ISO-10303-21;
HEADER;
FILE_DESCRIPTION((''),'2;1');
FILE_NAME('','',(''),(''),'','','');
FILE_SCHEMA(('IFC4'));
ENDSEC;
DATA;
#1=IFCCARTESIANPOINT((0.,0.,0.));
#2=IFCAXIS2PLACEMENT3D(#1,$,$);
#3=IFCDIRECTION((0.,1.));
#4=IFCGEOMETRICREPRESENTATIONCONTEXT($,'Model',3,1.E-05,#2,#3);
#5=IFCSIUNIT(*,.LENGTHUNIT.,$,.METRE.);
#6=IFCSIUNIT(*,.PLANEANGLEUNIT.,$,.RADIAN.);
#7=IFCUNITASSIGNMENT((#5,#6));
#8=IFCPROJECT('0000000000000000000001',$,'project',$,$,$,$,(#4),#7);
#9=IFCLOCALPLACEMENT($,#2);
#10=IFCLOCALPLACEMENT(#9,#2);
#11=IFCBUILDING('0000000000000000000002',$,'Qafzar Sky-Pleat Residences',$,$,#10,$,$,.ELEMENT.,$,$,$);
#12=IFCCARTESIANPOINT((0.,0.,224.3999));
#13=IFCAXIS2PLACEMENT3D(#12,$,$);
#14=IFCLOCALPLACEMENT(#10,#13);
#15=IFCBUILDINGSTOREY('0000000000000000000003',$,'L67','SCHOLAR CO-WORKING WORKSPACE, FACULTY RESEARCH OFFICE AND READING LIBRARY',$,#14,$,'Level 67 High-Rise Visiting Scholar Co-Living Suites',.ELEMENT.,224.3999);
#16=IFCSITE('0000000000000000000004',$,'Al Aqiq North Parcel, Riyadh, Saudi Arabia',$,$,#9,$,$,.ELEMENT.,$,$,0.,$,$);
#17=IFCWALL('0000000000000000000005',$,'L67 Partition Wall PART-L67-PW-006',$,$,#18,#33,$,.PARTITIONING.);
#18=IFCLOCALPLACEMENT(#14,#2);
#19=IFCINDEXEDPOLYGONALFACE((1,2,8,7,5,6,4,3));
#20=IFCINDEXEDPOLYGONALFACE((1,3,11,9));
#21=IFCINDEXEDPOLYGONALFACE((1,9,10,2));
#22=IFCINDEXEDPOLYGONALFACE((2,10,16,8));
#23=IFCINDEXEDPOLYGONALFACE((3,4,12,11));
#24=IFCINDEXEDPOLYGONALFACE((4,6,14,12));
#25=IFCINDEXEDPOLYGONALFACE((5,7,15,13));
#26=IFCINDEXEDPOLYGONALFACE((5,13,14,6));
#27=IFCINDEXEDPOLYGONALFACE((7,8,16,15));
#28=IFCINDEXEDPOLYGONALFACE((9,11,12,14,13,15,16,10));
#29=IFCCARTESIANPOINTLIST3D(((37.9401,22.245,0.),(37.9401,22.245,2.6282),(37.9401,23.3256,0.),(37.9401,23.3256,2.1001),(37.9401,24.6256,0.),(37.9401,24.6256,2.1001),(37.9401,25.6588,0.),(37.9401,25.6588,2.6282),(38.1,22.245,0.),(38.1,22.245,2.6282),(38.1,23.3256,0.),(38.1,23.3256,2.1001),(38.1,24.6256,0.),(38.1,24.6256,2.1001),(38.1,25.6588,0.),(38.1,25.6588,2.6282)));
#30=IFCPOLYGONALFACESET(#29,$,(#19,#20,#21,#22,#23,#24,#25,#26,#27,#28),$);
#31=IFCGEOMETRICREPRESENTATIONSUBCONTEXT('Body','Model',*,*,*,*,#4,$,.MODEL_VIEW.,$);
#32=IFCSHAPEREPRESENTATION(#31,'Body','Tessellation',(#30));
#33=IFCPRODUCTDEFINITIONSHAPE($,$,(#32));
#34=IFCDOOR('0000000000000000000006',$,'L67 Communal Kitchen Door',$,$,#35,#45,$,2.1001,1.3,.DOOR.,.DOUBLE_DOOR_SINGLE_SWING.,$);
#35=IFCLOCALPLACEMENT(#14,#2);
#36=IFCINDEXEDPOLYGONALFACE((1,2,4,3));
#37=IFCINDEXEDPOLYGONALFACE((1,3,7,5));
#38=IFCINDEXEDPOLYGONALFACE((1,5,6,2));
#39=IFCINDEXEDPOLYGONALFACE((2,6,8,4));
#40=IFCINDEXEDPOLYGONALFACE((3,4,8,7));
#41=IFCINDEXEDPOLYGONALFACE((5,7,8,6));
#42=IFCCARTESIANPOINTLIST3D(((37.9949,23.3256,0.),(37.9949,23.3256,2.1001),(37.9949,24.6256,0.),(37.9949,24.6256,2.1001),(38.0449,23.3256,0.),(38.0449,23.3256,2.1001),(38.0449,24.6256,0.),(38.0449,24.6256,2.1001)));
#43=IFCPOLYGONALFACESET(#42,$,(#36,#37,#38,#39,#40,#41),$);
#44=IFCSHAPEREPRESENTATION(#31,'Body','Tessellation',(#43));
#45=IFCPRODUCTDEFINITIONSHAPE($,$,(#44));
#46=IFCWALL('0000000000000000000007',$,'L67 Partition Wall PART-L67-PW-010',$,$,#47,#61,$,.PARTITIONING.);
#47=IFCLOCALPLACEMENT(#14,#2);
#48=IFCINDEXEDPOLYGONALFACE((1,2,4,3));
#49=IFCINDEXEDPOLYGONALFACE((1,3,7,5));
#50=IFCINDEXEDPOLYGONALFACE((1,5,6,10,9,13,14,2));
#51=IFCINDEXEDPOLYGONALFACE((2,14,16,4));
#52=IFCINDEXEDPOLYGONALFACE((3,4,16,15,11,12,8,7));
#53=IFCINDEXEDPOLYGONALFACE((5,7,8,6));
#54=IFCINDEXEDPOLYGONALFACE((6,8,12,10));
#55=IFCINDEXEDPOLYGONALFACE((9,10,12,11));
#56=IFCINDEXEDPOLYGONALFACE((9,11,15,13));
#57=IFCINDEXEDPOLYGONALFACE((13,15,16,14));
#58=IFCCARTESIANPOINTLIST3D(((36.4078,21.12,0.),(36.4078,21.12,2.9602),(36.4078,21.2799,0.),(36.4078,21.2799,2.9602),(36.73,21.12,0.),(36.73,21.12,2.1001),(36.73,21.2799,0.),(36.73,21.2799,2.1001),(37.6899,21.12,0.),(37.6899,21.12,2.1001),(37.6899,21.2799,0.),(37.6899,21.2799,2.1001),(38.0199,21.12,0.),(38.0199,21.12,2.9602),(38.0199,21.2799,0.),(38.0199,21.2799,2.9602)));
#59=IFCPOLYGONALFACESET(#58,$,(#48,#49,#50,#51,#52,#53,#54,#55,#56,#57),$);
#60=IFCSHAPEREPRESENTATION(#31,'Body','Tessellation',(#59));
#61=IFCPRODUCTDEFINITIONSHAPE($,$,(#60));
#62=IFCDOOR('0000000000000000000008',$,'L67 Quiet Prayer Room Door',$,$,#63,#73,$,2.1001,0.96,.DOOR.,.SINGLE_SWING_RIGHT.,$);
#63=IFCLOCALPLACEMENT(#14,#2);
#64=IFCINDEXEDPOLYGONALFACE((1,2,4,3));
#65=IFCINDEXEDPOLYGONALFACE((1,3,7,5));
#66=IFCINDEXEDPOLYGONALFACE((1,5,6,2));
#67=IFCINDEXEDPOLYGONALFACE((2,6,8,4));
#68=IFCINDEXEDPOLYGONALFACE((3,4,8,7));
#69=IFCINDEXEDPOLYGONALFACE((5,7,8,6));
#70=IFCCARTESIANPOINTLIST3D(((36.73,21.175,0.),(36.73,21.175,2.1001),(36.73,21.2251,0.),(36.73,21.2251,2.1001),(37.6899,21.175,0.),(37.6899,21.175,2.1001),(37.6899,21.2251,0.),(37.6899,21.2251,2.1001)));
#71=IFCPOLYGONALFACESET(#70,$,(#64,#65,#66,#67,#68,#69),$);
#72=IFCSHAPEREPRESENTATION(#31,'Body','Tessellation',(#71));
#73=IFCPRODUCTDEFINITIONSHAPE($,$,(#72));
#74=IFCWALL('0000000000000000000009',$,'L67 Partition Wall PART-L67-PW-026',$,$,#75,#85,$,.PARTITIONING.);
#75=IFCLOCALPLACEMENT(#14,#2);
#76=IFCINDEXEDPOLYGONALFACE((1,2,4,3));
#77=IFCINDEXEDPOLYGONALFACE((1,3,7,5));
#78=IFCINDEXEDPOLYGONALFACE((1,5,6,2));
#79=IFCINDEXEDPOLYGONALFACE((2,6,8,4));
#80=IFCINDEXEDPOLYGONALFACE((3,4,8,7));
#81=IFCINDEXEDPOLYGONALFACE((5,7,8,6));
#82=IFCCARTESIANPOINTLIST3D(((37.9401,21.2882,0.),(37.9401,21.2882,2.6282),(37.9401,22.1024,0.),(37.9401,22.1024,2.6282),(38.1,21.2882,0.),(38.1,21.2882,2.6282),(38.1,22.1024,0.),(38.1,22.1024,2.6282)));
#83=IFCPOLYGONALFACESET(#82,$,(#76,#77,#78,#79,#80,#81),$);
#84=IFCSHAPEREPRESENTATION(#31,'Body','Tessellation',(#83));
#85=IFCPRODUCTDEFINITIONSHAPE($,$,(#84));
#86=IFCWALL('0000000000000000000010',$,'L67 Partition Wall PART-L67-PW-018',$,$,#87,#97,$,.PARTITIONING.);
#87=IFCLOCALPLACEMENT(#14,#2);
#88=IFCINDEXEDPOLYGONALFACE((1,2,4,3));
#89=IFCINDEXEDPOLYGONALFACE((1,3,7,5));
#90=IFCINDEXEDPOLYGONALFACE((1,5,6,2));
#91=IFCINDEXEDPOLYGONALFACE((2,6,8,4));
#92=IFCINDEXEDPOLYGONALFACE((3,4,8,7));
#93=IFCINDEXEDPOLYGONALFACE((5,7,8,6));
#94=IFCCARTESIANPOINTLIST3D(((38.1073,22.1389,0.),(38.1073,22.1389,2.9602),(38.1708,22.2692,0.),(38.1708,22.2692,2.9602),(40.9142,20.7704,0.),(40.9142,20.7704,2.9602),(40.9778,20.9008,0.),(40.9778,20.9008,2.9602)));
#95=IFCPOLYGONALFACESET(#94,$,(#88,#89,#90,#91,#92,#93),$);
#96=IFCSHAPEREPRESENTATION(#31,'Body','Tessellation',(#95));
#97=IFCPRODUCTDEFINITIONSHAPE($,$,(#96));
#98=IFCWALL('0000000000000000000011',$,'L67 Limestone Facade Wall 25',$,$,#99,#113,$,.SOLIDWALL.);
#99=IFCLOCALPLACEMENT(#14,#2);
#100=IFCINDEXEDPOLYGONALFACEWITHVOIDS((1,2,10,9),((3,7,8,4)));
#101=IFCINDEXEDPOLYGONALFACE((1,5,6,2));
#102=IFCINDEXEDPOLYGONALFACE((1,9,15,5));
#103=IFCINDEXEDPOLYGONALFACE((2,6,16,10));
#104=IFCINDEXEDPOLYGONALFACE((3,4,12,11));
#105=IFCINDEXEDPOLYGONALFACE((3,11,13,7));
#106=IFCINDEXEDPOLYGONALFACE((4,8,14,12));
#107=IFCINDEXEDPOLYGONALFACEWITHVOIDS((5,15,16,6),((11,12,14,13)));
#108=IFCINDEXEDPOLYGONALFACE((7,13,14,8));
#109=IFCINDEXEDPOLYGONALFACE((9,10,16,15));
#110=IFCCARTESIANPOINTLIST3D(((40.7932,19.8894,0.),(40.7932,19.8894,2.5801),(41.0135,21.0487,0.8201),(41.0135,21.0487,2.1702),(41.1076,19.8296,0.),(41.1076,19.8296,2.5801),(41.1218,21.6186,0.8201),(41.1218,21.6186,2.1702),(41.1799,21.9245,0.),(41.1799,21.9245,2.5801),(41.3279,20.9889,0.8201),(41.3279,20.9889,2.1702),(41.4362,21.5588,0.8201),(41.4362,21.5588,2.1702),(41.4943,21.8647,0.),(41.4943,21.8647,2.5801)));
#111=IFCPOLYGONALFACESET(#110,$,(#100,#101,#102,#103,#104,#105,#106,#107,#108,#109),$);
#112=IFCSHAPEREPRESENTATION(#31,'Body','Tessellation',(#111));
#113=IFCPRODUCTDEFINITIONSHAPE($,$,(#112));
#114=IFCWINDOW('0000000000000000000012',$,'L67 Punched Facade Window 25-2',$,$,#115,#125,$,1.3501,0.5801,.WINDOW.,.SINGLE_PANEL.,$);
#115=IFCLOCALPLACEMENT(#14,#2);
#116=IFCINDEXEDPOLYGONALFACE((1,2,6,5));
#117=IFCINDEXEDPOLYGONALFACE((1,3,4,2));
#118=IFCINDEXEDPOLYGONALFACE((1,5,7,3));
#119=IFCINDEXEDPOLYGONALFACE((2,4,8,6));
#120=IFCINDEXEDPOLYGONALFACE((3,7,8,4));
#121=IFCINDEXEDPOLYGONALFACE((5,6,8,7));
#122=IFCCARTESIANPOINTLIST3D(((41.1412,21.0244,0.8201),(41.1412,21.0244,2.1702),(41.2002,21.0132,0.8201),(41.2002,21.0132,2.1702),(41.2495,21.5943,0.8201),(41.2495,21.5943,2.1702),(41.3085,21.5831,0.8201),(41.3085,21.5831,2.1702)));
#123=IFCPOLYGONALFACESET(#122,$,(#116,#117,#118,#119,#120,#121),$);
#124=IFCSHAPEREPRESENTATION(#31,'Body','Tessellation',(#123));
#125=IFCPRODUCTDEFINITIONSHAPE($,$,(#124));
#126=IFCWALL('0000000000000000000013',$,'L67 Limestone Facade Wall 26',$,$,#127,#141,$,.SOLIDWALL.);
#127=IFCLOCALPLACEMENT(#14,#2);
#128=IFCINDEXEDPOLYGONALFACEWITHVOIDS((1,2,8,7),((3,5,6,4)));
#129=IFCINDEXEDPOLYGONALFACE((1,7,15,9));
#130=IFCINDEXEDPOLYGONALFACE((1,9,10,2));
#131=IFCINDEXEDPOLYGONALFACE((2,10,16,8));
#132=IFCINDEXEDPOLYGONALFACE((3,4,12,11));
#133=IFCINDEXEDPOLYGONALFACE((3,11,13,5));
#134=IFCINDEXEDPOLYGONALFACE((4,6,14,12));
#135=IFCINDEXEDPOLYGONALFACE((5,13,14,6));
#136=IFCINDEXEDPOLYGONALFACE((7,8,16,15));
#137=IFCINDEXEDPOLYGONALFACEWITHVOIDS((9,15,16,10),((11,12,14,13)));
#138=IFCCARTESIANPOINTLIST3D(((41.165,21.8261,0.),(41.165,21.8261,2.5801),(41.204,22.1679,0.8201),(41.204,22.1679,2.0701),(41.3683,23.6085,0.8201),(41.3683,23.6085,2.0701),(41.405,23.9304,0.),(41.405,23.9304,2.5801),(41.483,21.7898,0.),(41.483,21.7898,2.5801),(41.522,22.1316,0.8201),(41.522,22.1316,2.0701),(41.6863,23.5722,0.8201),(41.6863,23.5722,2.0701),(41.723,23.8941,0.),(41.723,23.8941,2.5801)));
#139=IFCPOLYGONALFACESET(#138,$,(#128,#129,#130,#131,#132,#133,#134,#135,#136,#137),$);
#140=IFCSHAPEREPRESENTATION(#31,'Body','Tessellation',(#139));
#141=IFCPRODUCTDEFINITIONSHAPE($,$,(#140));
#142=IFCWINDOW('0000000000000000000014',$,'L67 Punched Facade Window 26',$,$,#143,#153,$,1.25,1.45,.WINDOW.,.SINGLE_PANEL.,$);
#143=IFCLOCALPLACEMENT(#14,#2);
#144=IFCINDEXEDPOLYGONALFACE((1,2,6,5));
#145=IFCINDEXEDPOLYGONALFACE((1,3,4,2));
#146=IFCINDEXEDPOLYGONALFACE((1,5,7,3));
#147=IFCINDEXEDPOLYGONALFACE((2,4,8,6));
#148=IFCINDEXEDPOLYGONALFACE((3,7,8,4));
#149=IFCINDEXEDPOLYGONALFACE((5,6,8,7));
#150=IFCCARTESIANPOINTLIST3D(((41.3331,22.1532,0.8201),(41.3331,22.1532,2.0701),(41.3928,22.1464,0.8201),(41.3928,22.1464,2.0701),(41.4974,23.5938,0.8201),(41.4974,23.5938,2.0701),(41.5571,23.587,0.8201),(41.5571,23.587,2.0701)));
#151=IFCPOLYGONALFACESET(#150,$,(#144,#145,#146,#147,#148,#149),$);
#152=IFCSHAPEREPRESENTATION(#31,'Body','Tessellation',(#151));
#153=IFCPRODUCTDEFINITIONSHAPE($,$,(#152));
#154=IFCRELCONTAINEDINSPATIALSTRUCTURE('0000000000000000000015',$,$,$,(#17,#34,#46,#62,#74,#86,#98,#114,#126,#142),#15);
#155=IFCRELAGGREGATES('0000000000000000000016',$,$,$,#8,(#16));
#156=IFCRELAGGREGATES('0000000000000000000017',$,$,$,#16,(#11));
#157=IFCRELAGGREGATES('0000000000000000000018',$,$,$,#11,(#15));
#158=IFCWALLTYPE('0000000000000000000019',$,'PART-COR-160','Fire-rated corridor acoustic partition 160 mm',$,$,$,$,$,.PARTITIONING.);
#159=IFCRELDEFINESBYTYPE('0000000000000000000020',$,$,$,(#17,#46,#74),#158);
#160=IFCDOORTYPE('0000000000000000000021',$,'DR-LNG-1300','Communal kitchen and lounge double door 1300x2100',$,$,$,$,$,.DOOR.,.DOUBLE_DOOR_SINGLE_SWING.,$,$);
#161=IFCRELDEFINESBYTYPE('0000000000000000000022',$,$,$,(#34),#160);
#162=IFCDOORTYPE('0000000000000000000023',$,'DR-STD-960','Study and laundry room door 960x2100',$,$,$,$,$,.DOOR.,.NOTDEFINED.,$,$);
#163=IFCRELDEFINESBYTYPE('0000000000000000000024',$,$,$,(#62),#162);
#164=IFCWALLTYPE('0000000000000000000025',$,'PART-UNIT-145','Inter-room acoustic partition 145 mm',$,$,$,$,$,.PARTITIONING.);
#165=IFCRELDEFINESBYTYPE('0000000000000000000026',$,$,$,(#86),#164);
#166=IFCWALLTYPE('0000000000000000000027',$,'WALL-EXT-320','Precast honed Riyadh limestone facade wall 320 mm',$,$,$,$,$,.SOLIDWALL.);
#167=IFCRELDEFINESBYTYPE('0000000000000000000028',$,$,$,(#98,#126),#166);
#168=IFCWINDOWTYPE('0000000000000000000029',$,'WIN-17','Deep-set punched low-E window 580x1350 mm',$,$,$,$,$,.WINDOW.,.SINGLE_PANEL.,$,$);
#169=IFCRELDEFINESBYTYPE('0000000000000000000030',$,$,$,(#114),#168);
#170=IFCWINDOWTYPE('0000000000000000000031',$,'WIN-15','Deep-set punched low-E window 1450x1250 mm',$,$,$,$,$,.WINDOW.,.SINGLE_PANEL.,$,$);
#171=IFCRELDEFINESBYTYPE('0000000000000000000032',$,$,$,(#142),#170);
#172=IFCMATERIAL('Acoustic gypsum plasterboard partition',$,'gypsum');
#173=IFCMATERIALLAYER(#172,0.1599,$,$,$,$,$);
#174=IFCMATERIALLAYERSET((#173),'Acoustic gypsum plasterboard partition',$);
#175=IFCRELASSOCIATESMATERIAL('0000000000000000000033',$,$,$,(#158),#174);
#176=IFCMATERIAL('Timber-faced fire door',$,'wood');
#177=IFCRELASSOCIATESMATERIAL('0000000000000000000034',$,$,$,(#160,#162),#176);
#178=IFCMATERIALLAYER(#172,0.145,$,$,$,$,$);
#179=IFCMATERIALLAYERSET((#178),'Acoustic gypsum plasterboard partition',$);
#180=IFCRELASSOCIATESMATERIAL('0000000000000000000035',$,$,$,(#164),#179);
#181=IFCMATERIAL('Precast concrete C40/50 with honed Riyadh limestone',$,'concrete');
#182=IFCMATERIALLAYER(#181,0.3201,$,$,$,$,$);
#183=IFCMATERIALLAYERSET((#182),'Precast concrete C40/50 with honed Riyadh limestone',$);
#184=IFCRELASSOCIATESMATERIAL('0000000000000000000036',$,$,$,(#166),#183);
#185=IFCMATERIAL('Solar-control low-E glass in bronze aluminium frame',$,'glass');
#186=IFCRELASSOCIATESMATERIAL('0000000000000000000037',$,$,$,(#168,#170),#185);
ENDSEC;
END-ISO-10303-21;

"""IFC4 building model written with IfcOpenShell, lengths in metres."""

from ifc_helpers import new_model, si_unit, direction, frame, frame_2d, origin, place, context, subcontext, project, spatial, rectangle, extrude, source, transform, mapped, material, layer, layer_set, type_object, element, fill, save


model = new_model("IFC4")

# Units and contexts
model_context = context("Model", 3, precision=1e-05, world=origin(), true_north=direction((0.0, 1.0)))
body_context = subcontext(model_context, "Body", "Model", "MODEL_VIEW")
ifc_project = project(units=[si_unit("LENGTHUNIT", "METRE"), si_unit("PLANEANGLEUNIT", "RADIAN")], contexts=[model_context])

# Site, building, storey
site_placement = place(None, origin())
site = spatial("IfcSite", under=ifc_project, at=site_placement, Name="Al Aqiq North Parcel, Riyadh, Saudi Arabia", CompositionType="ELEMENT", RefElevation=0.0)
building_placement = place(site_placement, origin())
building = spatial("IfcBuilding", under=site, at=building_placement, Name="Qafzar Sky-Pleat Residences", CompositionType="ELEMENT")
storey_placement = place(building_placement, frame((0.0, 0.0, 224.3999)))
storey = spatial("IfcBuildingStorey", under=building, at=storey_placement, Name="L67", Description="SCHOLAR CO-WORKING WORKSPACE, FACULTY RESEARCH OFFICE AND READING LIBRARY", LongName="Level 67 High-Rise Visiting Scholar Co-Living Suites", CompositionType="ELEMENT", Elevation=224.3999)

# Walls, openings, doors
ifc_material_1 = material(Name="Acoustic gypsum plasterboard partition", Category="gypsum")
ifc_layer_1 = layer(ifc_material_1, 0.1599)
ifc_layer_set_1 = layer_set([ifc_layer_1], Name="Acoustic gypsum plasterboard partition")
wall_type_1 = type_object("IfcWallType", Name="PART-COR-160", Description="Fire-rated corridor acoustic partition 160 mm", PredefinedType="PARTITIONING", material=ifc_layer_set_1)
wall_1_placement = place(storey_placement, frame((38.02, 25.6589, 0.0), z_axis=(0.0, 0.0, 1.0), x_axis=(0.0, -1.0, 0.0)))
wall_1 = element("IfcWall", 1, at=wall_1_placement, inside=storey, type_object=wall_type_1, Name="L67 Partition Wall PART-L67-PW-006", PredefinedType="PARTITIONING", context=body_context, shape_type="SweptSolid", body=[
    extrude(rectangle(XDim=3.4138, YDim=0.1599, at=frame_2d((1.707, 0.0))), origin(), (0.0, 0.0, 1.0), 2.6282),
])
opening_1_placement = place(wall_1_placement, frame((1.0334, 0.0, 0.0)))
opening_1 = element("IfcOpeningElement", 2, at=opening_1_placement, cuts=wall_1, PredefinedType="OPENING", context=body_context, shape_type="SweptSolid", body=[
    extrude(rectangle(XDim=1.3, YDim=2.1001, at=frame_2d((0.6499, 1.05))), frame((0.0, 0.0898, 0.0), z_axis=(0.0, -1.0, 0.0), x_axis=(1.0, 0.0, 0.0)), (0.0, 0.0, 1.0), 0.1799),
])
ifc_material_2 = material(Name="Timber-faced fire door", Category="wood")
door_type_1 = type_object("IfcDoorType", Name="DR-LNG-1300", Description="Communal kitchen and lounge double door 1300x2100", OperationType="DOUBLE_DOOR_SINGLE_SWING", PredefinedType="DOOR", material=ifc_material_2)
shared_shape_1 = source(origin(), body_context, "Body", "SweptSolid", [
    extrude(rectangle(XDim=1.3, YDim=2.1001, at=frame_2d((0.6499, 1.05))), frame((0.0, 0.0249, 0.0), z_axis=(0.0, -1.0, 0.0), x_axis=(1.0, 0.0, 0.0)), (0.0, 0.0, 1.0), 0.05),
])
door_1_placement = place(opening_1_placement, origin())
door_1 = element("IfcDoor", 3, at=door_1_placement, inside=storey, type_object=door_type_1, Name="L67 Communal Kitchen Door", OperationType="DOUBLE_DOOR_SINGLE_SWING", OverallHeight=2.1001, OverallWidth=1.3, PredefinedType="DOOR", context=body_context, shape_type="MappedRepresentation", body=[
    mapped(shared_shape_1, transform((0.0, 0.0, 0.0), x_axis=(1.0, 0.0, 0.0), y_axis=(0.0, 1.0, 0.0), z_axis=(0.0, 0.0, 1.0), scale=1.0)),
])
fill(opening_1, door_1)
wall_2_placement = place(storey_placement, frame((38.02, 21.2, 0.0), z_axis=(0.0, 0.0, 1.0), x_axis=(-1.0, 0.0, 0.0)))
wall_2 = element("IfcWall", 4, at=wall_2_placement, inside=storey, type_object=wall_type_1, Name="L67 Partition Wall PART-L67-PW-010", PredefinedType="PARTITIONING", context=body_context, shape_type="SweptSolid", body=[
    extrude(rectangle(XDim=1.6121, YDim=0.1599, at=frame_2d((0.8062, 0.0))), origin(), (0.0, 0.0, 1.0), 2.9602),
])
opening_2_placement = place(wall_2_placement, frame((0.3301, 0.0, 0.0)))
opening_2 = element("IfcOpeningElement", 5, at=opening_2_placement, cuts=wall_2, PredefinedType="OPENING", context=body_context, shape_type="SweptSolid", body=[
    extrude(rectangle(XDim=0.96, YDim=2.1001, at=frame_2d((0.48, 1.05))), frame((0.0, 0.0898, 0.0), z_axis=(0.0, -1.0, 0.0), x_axis=(1.0, 0.0, 0.0)), (0.0, 0.0, 1.0), 0.1799),
])
door_type_2 = type_object("IfcDoorType", Name="DR-STD-960", Description="Study and laundry room door 960x2100", OperationType="NOTDEFINED", PredefinedType="DOOR", material=ifc_material_2)
shared_shape_2 = source(origin(), body_context, "Body", "SweptSolid", [
    extrude(rectangle(XDim=0.96, YDim=2.1001, at=frame_2d((0.48, 1.05))), frame((0.0, 0.0249, 0.0), z_axis=(0.0, -1.0, 0.0), x_axis=(1.0, 0.0, 0.0)), (0.0, 0.0, 1.0), 0.05),
])
door_2_placement = place(opening_2_placement, origin())
door_2 = element("IfcDoor", 6, at=door_2_placement, inside=storey, type_object=door_type_2, Name="L67 Quiet Prayer Room Door", OperationType="SINGLE_SWING_RIGHT", OverallHeight=2.1001, OverallWidth=0.96, PredefinedType="DOOR", context=body_context, shape_type="MappedRepresentation", body=[
    mapped(shared_shape_2, transform((0.0, 0.0, 0.0), x_axis=(1.0, 0.0, 0.0), y_axis=(0.0, 1.0, 0.0), z_axis=(0.0, 0.0, 1.0), scale=1.0)),
])
fill(opening_2, door_2)

# Walls
wall_3_placement = place(storey_placement, frame((38.02, 21.2881, 0.0), z_axis=(0.0, 0.0, 1.0), x_axis=(0.0, 1.0, 0.0)))
element("IfcWall", 7, at=wall_3_placement, inside=storey, type_object=wall_type_1, Name="L67 Partition Wall PART-L67-PW-026", PredefinedType="PARTITIONING", context=body_context, shape_type="SweptSolid", body=[
    extrude(rectangle(XDim=0.8142, YDim=0.1599, at=frame_2d((0.4072, 0.0))), origin(), (0.0, 0.0, 1.0), 2.6282),
])
ifc_layer_2 = layer(ifc_material_1, 0.145)
ifc_layer_set_2 = layer_set([ifc_layer_2], Name="Acoustic gypsum plasterboard partition")
wall_type_2 = type_object("IfcWallType", Name="PART-UNIT-145", Description="Inter-room acoustic partition 145 mm", PredefinedType="PARTITIONING", material=ifc_layer_set_2)
wall_4_placement = place(storey_placement, frame((38.1389, 22.2041, 0.0), z_axis=(0.0, 0.0, 1.0), x_axis=(0.89887, -0.438216, 0.0)))
element("IfcWall", 8, at=wall_4_placement, inside=storey, type_object=wall_type_2, Name="L67 Partition Wall PART-L67-PW-018", PredefinedType="PARTITIONING", context=body_context, shape_type="SweptSolid", body=[
    extrude(rectangle(XDim=3.1228, YDim=0.145, at=frame_2d((1.5615, 0.0))), origin(), (0.0, 0.0, 1.0), 2.9602),
])

# Walls, openings, windows
ifc_material_3 = material(Name="Precast concrete C40/50 with honed Riyadh limestone", Category="concrete")
ifc_layer_3 = layer(ifc_material_3, 0.3201)
ifc_layer_set_3 = layer_set([ifc_layer_3], Name="Precast concrete C40/50 with honed Riyadh limestone")
wall_type_3 = type_object("IfcWallType", Name="WALL-EXT-320", Description="Precast honed Riyadh limestone facade wall 320 mm", PredefinedType="SOLIDWALL", material=ifc_layer_set_3)
wall_5_placement = place(storey_placement, frame((40.9504, 19.8596, 0.0), z_axis=(0.0, 0.0, 1.0), x_axis=(0.186679, 0.982421, 0.0)))
wall_5 = element("IfcWall", 9, at=wall_5_placement, inside=storey, type_object=wall_type_3, Name="L67 Limestone Facade Wall 25", PredefinedType="SOLIDWALL", context=body_context, shape_type="SweptSolid", body=[
    extrude(rectangle(XDim=2.0715, YDim=0.3201, at=frame_2d((1.0356, 0.0))), origin(), (0.0, 0.0, 1.0), 2.5801),
])
opening_3_placement = place(wall_5_placement, frame((1.1799, 0.0, 0.8201)))
opening_3 = element("IfcOpeningElement", 10, at=opening_3_placement, cuts=wall_5, PredefinedType="OPENING", context=body_context, shape_type="SweptSolid", body=[
    extrude(rectangle(XDim=0.5801, YDim=1.3501, at=frame_2d((0.29, 0.675))), frame((0.0, 0.1699, 0.0), z_axis=(0.0, -1.0, 0.0), x_axis=(1.0, 0.0, 0.0)), (0.0, 0.0, 1.0), 0.3401),
])
ifc_material_4 = material(Name="Solar-control low-E glass in bronze aluminium frame", Category="glass")
window_type_1 = type_object("IfcWindowType", Name="WIN-17", Description="Deep-set punched low-E window 580x1350 mm", PartitioningType="SINGLE_PANEL", PredefinedType="WINDOW", material=ifc_material_4)
shared_shape_3 = source(origin(), body_context, "Body", "SweptSolid", [
    extrude(rectangle(XDim=0.5801, YDim=1.3501, at=frame_2d((0.29, 0.675))), frame((0.0, 0.03, 0.0), z_axis=(0.0, -1.0, 0.0), x_axis=(1.0, 0.0, 0.0)), (0.0, 0.0, 1.0), 0.0601),
])
window_1_placement = place(opening_3_placement, origin())
window_1 = element("IfcWindow", 11, at=window_1_placement, inside=storey, type_object=window_type_1, Name="L67 Punched Facade Window 25-2", OverallHeight=1.3501, OverallWidth=0.5801, PartitioningType="SINGLE_PANEL", PredefinedType="WINDOW", context=body_context, shape_type="MappedRepresentation", body=[
    mapped(shared_shape_3, transform((0.0, 0.0, 0.0), x_axis=(1.0, 0.0, 0.0), y_axis=(0.0, 1.0, 0.0), z_axis=(0.0, 0.0, 1.0), scale=1.0)),
])
fill(opening_3, window_1)
wall_6_placement = place(storey_placement, frame((41.324, 21.8079, 0.0), z_axis=(0.0, 0.0, 1.0), x_axis=(0.113316, 0.993559, 0.0)))
wall_6 = element("IfcWall", 12, at=wall_6_placement, inside=storey, type_object=wall_type_3, Name="L67 Limestone Facade Wall 26", PredefinedType="SOLIDWALL", context=body_context, shape_type="SweptSolid", body=[
    extrude(rectangle(XDim=2.1179, YDim=0.3201, at=frame_2d((1.0591, 0.0))), origin(), (0.0, 0.0, 1.0), 2.5801),
])
opening_4_placement = place(wall_6_placement, frame((0.344, 0.0, 0.8201)))
opening_4 = element("IfcOpeningElement", 13, at=opening_4_placement, cuts=wall_6, PredefinedType="OPENING", context=body_context, shape_type="SweptSolid", body=[
    extrude(rectangle(XDim=1.45, YDim=1.25, at=frame_2d((0.7251, 0.625))), frame((0.0, 0.1699, 0.0), z_axis=(0.0, -1.0, 0.0), x_axis=(1.0, 0.0, 0.0)), (0.0, 0.0, 1.0), 0.3401),
])
window_type_2 = type_object("IfcWindowType", Name="WIN-15", Description="Deep-set punched low-E window 1450x1250 mm", PartitioningType="SINGLE_PANEL", PredefinedType="WINDOW", material=ifc_material_4)
shared_shape_4 = source(origin(), body_context, "Body", "SweptSolid", [
    extrude(rectangle(XDim=1.45, YDim=1.25, at=frame_2d((0.7251, 0.625))), frame((0.0, 0.03, 0.0), z_axis=(0.0, -1.0, 0.0), x_axis=(1.0, 0.0, 0.0)), (0.0, 0.0, 1.0), 0.0601),
])
window_2_placement = place(opening_4_placement, origin())
window_2 = element("IfcWindow", 14, at=window_2_placement, inside=storey, type_object=window_type_2, Name="L67 Punched Facade Window 26", OverallHeight=1.25, OverallWidth=1.45, PartitioningType="SINGLE_PANEL", PredefinedType="WINDOW", context=body_context, shape_type="MappedRepresentation", body=[
    mapped(shared_shape_4, transform((0.0, 0.0, 0.0), x_axis=(1.0, 0.0, 0.0), y_axis=(0.0, 1.0, 0.0), z_axis=(0.0, 0.0, 1.0), scale=1.0)),
])
fill(opening_4, window_2)

save(model, "model.ifc")
